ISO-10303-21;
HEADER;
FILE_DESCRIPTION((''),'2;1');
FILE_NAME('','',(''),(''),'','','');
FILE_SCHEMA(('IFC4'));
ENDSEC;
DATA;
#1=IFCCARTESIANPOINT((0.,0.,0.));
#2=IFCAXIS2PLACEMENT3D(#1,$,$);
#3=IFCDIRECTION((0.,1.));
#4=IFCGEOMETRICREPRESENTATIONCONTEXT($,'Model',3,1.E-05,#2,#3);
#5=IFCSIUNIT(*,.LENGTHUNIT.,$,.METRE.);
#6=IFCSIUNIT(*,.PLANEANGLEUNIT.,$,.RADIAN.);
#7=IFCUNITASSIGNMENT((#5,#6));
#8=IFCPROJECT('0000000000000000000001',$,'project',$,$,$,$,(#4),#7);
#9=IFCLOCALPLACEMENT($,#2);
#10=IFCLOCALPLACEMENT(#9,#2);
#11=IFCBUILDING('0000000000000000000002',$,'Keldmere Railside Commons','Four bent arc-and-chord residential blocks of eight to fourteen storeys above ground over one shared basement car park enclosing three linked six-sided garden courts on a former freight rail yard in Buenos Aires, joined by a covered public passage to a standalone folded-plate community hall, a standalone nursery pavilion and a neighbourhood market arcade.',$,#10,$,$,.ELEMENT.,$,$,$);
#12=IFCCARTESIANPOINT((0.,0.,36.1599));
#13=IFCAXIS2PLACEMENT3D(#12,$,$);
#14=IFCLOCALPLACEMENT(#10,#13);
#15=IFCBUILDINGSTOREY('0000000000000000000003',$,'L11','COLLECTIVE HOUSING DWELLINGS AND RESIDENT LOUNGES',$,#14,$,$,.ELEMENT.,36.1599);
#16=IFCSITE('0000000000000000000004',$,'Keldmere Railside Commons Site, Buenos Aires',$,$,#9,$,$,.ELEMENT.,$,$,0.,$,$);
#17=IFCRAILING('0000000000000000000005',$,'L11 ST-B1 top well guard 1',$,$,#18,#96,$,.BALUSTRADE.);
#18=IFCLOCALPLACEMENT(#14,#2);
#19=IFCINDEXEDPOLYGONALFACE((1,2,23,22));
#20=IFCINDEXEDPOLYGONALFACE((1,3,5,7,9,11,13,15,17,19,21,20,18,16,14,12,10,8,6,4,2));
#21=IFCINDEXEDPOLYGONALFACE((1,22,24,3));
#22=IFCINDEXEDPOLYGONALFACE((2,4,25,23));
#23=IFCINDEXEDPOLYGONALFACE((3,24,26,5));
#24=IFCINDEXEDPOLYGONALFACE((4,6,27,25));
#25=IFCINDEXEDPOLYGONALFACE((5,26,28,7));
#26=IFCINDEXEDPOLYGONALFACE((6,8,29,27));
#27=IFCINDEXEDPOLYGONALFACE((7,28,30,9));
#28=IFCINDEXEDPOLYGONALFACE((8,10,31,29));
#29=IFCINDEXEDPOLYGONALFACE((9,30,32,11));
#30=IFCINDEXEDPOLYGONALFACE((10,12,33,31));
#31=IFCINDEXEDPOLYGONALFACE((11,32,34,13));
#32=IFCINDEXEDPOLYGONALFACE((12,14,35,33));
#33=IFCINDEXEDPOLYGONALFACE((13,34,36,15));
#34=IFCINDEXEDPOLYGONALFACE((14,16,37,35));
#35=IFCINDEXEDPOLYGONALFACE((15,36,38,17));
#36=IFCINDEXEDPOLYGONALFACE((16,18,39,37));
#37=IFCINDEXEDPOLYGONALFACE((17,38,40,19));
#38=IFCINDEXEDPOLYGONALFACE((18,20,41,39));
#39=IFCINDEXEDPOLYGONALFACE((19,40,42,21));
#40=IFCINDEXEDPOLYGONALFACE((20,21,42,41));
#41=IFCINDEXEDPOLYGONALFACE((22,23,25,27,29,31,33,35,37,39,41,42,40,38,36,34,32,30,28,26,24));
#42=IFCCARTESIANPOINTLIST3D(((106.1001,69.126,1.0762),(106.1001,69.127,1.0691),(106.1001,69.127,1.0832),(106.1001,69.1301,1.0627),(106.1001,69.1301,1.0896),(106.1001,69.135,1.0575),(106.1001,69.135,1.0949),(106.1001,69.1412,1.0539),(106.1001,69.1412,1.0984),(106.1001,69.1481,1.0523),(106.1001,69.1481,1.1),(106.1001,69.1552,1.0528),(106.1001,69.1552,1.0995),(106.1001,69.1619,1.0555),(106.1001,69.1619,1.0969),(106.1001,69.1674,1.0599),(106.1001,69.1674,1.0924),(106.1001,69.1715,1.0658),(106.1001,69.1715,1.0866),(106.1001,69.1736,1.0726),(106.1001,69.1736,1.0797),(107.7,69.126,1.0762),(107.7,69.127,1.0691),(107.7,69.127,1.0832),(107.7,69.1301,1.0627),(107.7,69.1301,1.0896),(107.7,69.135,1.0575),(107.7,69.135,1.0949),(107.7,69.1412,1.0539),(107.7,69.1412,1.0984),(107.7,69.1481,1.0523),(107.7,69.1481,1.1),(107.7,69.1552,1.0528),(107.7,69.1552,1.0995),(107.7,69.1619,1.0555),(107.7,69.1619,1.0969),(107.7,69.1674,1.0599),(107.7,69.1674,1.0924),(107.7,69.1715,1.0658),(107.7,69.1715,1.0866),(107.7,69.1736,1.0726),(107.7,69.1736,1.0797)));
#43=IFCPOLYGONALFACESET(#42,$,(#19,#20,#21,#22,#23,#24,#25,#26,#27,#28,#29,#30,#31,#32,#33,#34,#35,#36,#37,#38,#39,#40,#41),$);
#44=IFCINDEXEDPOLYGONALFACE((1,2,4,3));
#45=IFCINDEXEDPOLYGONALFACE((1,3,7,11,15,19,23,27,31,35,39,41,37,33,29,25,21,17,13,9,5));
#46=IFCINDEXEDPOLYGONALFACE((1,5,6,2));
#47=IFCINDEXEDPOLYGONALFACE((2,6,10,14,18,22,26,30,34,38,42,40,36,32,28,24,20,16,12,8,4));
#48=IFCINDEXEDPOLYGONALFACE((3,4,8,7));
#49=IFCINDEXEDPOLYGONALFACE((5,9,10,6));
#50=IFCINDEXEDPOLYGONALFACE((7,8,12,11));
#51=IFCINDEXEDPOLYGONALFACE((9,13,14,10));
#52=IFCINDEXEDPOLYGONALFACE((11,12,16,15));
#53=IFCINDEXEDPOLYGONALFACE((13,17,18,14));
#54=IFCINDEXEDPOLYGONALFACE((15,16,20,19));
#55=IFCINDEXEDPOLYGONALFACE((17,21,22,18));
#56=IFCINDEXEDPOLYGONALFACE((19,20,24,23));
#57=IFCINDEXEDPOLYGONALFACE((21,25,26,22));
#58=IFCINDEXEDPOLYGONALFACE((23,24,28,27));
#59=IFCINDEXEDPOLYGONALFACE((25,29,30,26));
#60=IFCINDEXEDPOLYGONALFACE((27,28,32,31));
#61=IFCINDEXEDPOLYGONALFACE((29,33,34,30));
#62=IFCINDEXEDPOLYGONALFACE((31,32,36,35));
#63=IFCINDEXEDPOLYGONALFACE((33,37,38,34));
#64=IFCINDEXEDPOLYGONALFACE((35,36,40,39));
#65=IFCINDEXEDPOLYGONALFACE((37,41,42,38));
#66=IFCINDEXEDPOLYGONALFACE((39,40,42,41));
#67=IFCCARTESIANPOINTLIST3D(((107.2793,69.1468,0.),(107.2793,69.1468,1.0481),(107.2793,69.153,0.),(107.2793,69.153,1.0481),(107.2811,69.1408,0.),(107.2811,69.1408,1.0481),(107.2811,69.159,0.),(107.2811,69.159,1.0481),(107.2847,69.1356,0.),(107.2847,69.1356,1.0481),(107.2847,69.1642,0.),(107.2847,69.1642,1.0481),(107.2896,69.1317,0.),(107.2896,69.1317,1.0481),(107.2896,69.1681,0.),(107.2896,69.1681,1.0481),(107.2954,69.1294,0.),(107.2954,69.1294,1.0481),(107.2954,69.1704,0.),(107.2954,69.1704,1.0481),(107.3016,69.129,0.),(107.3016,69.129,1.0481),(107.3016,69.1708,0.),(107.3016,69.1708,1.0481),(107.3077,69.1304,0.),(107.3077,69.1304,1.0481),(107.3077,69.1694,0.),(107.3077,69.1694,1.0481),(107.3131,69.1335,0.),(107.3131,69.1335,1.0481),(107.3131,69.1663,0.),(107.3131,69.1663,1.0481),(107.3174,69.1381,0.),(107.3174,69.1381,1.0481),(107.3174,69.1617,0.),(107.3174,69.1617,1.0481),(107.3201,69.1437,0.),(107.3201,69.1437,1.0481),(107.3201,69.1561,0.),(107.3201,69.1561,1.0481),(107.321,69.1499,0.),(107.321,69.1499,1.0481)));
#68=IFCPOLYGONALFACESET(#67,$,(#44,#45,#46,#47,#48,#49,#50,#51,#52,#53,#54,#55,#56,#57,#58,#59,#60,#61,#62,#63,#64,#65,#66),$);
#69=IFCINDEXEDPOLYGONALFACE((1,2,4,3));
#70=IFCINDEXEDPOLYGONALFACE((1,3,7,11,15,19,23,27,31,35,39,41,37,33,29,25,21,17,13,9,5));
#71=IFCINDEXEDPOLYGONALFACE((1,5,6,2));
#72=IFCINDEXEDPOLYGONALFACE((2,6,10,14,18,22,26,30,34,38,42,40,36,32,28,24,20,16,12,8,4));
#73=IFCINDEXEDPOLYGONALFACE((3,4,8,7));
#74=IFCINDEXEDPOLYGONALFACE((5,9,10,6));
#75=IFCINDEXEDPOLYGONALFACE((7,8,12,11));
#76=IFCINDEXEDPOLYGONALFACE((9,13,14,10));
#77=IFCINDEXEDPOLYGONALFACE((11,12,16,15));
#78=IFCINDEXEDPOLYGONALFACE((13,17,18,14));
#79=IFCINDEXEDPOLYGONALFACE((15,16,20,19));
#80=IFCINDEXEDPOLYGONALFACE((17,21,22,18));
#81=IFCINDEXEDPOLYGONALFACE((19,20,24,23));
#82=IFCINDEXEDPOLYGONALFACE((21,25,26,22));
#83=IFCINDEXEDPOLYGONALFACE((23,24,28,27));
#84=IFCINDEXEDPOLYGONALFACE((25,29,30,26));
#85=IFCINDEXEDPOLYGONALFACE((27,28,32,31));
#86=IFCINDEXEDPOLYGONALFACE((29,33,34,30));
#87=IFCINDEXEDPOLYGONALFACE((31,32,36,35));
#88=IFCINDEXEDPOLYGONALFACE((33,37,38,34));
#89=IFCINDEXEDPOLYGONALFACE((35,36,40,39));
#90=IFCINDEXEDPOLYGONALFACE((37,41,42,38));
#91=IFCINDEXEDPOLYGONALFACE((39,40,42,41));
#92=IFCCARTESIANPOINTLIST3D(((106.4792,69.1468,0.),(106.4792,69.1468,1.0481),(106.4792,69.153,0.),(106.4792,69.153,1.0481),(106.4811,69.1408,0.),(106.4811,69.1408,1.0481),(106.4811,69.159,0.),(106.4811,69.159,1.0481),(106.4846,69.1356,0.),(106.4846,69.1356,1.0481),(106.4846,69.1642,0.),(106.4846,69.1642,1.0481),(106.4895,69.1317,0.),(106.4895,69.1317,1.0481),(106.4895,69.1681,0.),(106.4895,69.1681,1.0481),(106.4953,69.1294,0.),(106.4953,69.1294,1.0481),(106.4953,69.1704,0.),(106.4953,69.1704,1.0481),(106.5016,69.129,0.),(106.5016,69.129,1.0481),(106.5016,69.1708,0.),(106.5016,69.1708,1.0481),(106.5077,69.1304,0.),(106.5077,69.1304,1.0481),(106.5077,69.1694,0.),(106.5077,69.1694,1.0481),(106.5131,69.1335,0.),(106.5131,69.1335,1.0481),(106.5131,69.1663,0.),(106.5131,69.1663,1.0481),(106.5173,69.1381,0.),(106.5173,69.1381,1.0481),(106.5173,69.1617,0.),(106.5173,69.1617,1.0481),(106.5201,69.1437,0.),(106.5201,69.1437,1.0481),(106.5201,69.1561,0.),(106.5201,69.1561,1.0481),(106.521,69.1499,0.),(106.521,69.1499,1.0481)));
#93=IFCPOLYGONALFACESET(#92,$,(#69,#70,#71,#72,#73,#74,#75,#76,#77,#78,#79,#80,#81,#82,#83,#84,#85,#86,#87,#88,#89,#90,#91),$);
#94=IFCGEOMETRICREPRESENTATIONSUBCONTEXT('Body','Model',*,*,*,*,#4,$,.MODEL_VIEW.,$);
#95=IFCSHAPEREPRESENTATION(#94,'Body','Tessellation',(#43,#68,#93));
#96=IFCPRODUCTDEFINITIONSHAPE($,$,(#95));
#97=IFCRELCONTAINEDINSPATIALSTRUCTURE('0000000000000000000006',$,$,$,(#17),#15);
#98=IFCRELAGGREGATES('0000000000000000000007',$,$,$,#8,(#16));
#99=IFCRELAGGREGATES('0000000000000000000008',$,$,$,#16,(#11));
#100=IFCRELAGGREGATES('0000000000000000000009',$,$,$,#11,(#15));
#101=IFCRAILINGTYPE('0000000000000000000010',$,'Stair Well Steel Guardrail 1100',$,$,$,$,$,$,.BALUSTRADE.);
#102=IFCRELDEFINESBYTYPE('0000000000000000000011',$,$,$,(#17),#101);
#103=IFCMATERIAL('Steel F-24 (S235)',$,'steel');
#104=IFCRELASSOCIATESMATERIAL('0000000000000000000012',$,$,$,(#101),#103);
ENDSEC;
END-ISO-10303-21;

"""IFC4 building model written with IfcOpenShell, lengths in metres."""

from ifc_helpers import new_model, si_unit, direction, frame, origin, origin_2d, place, context, subcontext, project, spatial, circle, extrude, material, type_object, element, save


model = new_model("IFC4")

# Units and contexts
model_context = context("Model", 3, precision=1e-05, world=origin(), true_north=direction((0.0, 1.0)))
body_context = subcontext(model_context, "Body", "Model", "MODEL_VIEW")
ifc_project = project(units=[si_unit("LENGTHUNIT", "METRE"), si_unit("PLANEANGLEUNIT", "RADIAN")], contexts=[model_context])

# Site, building, storey
site_placement = place(None, origin())
site = spatial("IfcSite", under=ifc_project, at=site_placement, Name="Keldmere Railside Commons Site, Buenos Aires", CompositionType="ELEMENT", RefElevation=0.0)
building_placement = place(site_placement, origin())
building = spatial("IfcBuilding", under=site, at=building_placement, Name="Keldmere Railside Commons", Description="Four bent arc-and-chord residential blocks of eight to fourteen storeys above ground over one shared basement car park enclosing three linked six-sided garden courts on a former freight rail yard in Buenos Aires, joined by a covered public passage to a standalone folded-plate community hall, a standalone nursery pavilion and a neighbourhood market arcade.", CompositionType="ELEMENT")
storey_placement = place(building_placement, frame((0.0, 0.0, 36.1599)))
storey = spatial("IfcBuildingStorey", under=building, at=storey_placement, Name="L11", Description="COLLECTIVE HOUSING DWELLINGS AND RESIDENT LOUNGES", CompositionType="ELEMENT", Elevation=36.1599)

# Shared definitions
ifc_material_1 = material(Name="Steel F-24 (S235)", Category="steel")

# Railing
railing_type = type_object("IfcRailingType", Name="Stair Well Steel Guardrail 1100", PredefinedType="BALUSTRADE", material=ifc_material_1)
railing_1_placement = place(storey_placement, frame((107.7, 69.1499, 0.0)))
element("IfcRailing", 1, at=railing_1_placement, inside=storey, type_object=railing_type, Name="L11 ST-B1 top well guard 1", PredefinedType="BALUSTRADE", context=body_context, shape_type="SweptSolid", body=[
    extrude(circle(Radius=0.0239, at=origin_2d()), frame((0.0, 0.0, 1.0762), z_axis=(-1.0, 0.0, 0.0), x_axis=(0.0, -1.0, 0.0)), (0.0, 0.0, 1.0), 1.5999),
    extrude(circle(Radius=0.021, at=origin_2d()), frame((-0.3999, 0.0, 0.0)), (0.0, 0.0, 1.0), 1.0481),
    extrude(circle(Radius=0.021, at=origin_2d()), frame((-1.2, 0.0, 0.0)), (0.0, 0.0, 1.0), 1.0481),
])

save(model, "model.ifc")
